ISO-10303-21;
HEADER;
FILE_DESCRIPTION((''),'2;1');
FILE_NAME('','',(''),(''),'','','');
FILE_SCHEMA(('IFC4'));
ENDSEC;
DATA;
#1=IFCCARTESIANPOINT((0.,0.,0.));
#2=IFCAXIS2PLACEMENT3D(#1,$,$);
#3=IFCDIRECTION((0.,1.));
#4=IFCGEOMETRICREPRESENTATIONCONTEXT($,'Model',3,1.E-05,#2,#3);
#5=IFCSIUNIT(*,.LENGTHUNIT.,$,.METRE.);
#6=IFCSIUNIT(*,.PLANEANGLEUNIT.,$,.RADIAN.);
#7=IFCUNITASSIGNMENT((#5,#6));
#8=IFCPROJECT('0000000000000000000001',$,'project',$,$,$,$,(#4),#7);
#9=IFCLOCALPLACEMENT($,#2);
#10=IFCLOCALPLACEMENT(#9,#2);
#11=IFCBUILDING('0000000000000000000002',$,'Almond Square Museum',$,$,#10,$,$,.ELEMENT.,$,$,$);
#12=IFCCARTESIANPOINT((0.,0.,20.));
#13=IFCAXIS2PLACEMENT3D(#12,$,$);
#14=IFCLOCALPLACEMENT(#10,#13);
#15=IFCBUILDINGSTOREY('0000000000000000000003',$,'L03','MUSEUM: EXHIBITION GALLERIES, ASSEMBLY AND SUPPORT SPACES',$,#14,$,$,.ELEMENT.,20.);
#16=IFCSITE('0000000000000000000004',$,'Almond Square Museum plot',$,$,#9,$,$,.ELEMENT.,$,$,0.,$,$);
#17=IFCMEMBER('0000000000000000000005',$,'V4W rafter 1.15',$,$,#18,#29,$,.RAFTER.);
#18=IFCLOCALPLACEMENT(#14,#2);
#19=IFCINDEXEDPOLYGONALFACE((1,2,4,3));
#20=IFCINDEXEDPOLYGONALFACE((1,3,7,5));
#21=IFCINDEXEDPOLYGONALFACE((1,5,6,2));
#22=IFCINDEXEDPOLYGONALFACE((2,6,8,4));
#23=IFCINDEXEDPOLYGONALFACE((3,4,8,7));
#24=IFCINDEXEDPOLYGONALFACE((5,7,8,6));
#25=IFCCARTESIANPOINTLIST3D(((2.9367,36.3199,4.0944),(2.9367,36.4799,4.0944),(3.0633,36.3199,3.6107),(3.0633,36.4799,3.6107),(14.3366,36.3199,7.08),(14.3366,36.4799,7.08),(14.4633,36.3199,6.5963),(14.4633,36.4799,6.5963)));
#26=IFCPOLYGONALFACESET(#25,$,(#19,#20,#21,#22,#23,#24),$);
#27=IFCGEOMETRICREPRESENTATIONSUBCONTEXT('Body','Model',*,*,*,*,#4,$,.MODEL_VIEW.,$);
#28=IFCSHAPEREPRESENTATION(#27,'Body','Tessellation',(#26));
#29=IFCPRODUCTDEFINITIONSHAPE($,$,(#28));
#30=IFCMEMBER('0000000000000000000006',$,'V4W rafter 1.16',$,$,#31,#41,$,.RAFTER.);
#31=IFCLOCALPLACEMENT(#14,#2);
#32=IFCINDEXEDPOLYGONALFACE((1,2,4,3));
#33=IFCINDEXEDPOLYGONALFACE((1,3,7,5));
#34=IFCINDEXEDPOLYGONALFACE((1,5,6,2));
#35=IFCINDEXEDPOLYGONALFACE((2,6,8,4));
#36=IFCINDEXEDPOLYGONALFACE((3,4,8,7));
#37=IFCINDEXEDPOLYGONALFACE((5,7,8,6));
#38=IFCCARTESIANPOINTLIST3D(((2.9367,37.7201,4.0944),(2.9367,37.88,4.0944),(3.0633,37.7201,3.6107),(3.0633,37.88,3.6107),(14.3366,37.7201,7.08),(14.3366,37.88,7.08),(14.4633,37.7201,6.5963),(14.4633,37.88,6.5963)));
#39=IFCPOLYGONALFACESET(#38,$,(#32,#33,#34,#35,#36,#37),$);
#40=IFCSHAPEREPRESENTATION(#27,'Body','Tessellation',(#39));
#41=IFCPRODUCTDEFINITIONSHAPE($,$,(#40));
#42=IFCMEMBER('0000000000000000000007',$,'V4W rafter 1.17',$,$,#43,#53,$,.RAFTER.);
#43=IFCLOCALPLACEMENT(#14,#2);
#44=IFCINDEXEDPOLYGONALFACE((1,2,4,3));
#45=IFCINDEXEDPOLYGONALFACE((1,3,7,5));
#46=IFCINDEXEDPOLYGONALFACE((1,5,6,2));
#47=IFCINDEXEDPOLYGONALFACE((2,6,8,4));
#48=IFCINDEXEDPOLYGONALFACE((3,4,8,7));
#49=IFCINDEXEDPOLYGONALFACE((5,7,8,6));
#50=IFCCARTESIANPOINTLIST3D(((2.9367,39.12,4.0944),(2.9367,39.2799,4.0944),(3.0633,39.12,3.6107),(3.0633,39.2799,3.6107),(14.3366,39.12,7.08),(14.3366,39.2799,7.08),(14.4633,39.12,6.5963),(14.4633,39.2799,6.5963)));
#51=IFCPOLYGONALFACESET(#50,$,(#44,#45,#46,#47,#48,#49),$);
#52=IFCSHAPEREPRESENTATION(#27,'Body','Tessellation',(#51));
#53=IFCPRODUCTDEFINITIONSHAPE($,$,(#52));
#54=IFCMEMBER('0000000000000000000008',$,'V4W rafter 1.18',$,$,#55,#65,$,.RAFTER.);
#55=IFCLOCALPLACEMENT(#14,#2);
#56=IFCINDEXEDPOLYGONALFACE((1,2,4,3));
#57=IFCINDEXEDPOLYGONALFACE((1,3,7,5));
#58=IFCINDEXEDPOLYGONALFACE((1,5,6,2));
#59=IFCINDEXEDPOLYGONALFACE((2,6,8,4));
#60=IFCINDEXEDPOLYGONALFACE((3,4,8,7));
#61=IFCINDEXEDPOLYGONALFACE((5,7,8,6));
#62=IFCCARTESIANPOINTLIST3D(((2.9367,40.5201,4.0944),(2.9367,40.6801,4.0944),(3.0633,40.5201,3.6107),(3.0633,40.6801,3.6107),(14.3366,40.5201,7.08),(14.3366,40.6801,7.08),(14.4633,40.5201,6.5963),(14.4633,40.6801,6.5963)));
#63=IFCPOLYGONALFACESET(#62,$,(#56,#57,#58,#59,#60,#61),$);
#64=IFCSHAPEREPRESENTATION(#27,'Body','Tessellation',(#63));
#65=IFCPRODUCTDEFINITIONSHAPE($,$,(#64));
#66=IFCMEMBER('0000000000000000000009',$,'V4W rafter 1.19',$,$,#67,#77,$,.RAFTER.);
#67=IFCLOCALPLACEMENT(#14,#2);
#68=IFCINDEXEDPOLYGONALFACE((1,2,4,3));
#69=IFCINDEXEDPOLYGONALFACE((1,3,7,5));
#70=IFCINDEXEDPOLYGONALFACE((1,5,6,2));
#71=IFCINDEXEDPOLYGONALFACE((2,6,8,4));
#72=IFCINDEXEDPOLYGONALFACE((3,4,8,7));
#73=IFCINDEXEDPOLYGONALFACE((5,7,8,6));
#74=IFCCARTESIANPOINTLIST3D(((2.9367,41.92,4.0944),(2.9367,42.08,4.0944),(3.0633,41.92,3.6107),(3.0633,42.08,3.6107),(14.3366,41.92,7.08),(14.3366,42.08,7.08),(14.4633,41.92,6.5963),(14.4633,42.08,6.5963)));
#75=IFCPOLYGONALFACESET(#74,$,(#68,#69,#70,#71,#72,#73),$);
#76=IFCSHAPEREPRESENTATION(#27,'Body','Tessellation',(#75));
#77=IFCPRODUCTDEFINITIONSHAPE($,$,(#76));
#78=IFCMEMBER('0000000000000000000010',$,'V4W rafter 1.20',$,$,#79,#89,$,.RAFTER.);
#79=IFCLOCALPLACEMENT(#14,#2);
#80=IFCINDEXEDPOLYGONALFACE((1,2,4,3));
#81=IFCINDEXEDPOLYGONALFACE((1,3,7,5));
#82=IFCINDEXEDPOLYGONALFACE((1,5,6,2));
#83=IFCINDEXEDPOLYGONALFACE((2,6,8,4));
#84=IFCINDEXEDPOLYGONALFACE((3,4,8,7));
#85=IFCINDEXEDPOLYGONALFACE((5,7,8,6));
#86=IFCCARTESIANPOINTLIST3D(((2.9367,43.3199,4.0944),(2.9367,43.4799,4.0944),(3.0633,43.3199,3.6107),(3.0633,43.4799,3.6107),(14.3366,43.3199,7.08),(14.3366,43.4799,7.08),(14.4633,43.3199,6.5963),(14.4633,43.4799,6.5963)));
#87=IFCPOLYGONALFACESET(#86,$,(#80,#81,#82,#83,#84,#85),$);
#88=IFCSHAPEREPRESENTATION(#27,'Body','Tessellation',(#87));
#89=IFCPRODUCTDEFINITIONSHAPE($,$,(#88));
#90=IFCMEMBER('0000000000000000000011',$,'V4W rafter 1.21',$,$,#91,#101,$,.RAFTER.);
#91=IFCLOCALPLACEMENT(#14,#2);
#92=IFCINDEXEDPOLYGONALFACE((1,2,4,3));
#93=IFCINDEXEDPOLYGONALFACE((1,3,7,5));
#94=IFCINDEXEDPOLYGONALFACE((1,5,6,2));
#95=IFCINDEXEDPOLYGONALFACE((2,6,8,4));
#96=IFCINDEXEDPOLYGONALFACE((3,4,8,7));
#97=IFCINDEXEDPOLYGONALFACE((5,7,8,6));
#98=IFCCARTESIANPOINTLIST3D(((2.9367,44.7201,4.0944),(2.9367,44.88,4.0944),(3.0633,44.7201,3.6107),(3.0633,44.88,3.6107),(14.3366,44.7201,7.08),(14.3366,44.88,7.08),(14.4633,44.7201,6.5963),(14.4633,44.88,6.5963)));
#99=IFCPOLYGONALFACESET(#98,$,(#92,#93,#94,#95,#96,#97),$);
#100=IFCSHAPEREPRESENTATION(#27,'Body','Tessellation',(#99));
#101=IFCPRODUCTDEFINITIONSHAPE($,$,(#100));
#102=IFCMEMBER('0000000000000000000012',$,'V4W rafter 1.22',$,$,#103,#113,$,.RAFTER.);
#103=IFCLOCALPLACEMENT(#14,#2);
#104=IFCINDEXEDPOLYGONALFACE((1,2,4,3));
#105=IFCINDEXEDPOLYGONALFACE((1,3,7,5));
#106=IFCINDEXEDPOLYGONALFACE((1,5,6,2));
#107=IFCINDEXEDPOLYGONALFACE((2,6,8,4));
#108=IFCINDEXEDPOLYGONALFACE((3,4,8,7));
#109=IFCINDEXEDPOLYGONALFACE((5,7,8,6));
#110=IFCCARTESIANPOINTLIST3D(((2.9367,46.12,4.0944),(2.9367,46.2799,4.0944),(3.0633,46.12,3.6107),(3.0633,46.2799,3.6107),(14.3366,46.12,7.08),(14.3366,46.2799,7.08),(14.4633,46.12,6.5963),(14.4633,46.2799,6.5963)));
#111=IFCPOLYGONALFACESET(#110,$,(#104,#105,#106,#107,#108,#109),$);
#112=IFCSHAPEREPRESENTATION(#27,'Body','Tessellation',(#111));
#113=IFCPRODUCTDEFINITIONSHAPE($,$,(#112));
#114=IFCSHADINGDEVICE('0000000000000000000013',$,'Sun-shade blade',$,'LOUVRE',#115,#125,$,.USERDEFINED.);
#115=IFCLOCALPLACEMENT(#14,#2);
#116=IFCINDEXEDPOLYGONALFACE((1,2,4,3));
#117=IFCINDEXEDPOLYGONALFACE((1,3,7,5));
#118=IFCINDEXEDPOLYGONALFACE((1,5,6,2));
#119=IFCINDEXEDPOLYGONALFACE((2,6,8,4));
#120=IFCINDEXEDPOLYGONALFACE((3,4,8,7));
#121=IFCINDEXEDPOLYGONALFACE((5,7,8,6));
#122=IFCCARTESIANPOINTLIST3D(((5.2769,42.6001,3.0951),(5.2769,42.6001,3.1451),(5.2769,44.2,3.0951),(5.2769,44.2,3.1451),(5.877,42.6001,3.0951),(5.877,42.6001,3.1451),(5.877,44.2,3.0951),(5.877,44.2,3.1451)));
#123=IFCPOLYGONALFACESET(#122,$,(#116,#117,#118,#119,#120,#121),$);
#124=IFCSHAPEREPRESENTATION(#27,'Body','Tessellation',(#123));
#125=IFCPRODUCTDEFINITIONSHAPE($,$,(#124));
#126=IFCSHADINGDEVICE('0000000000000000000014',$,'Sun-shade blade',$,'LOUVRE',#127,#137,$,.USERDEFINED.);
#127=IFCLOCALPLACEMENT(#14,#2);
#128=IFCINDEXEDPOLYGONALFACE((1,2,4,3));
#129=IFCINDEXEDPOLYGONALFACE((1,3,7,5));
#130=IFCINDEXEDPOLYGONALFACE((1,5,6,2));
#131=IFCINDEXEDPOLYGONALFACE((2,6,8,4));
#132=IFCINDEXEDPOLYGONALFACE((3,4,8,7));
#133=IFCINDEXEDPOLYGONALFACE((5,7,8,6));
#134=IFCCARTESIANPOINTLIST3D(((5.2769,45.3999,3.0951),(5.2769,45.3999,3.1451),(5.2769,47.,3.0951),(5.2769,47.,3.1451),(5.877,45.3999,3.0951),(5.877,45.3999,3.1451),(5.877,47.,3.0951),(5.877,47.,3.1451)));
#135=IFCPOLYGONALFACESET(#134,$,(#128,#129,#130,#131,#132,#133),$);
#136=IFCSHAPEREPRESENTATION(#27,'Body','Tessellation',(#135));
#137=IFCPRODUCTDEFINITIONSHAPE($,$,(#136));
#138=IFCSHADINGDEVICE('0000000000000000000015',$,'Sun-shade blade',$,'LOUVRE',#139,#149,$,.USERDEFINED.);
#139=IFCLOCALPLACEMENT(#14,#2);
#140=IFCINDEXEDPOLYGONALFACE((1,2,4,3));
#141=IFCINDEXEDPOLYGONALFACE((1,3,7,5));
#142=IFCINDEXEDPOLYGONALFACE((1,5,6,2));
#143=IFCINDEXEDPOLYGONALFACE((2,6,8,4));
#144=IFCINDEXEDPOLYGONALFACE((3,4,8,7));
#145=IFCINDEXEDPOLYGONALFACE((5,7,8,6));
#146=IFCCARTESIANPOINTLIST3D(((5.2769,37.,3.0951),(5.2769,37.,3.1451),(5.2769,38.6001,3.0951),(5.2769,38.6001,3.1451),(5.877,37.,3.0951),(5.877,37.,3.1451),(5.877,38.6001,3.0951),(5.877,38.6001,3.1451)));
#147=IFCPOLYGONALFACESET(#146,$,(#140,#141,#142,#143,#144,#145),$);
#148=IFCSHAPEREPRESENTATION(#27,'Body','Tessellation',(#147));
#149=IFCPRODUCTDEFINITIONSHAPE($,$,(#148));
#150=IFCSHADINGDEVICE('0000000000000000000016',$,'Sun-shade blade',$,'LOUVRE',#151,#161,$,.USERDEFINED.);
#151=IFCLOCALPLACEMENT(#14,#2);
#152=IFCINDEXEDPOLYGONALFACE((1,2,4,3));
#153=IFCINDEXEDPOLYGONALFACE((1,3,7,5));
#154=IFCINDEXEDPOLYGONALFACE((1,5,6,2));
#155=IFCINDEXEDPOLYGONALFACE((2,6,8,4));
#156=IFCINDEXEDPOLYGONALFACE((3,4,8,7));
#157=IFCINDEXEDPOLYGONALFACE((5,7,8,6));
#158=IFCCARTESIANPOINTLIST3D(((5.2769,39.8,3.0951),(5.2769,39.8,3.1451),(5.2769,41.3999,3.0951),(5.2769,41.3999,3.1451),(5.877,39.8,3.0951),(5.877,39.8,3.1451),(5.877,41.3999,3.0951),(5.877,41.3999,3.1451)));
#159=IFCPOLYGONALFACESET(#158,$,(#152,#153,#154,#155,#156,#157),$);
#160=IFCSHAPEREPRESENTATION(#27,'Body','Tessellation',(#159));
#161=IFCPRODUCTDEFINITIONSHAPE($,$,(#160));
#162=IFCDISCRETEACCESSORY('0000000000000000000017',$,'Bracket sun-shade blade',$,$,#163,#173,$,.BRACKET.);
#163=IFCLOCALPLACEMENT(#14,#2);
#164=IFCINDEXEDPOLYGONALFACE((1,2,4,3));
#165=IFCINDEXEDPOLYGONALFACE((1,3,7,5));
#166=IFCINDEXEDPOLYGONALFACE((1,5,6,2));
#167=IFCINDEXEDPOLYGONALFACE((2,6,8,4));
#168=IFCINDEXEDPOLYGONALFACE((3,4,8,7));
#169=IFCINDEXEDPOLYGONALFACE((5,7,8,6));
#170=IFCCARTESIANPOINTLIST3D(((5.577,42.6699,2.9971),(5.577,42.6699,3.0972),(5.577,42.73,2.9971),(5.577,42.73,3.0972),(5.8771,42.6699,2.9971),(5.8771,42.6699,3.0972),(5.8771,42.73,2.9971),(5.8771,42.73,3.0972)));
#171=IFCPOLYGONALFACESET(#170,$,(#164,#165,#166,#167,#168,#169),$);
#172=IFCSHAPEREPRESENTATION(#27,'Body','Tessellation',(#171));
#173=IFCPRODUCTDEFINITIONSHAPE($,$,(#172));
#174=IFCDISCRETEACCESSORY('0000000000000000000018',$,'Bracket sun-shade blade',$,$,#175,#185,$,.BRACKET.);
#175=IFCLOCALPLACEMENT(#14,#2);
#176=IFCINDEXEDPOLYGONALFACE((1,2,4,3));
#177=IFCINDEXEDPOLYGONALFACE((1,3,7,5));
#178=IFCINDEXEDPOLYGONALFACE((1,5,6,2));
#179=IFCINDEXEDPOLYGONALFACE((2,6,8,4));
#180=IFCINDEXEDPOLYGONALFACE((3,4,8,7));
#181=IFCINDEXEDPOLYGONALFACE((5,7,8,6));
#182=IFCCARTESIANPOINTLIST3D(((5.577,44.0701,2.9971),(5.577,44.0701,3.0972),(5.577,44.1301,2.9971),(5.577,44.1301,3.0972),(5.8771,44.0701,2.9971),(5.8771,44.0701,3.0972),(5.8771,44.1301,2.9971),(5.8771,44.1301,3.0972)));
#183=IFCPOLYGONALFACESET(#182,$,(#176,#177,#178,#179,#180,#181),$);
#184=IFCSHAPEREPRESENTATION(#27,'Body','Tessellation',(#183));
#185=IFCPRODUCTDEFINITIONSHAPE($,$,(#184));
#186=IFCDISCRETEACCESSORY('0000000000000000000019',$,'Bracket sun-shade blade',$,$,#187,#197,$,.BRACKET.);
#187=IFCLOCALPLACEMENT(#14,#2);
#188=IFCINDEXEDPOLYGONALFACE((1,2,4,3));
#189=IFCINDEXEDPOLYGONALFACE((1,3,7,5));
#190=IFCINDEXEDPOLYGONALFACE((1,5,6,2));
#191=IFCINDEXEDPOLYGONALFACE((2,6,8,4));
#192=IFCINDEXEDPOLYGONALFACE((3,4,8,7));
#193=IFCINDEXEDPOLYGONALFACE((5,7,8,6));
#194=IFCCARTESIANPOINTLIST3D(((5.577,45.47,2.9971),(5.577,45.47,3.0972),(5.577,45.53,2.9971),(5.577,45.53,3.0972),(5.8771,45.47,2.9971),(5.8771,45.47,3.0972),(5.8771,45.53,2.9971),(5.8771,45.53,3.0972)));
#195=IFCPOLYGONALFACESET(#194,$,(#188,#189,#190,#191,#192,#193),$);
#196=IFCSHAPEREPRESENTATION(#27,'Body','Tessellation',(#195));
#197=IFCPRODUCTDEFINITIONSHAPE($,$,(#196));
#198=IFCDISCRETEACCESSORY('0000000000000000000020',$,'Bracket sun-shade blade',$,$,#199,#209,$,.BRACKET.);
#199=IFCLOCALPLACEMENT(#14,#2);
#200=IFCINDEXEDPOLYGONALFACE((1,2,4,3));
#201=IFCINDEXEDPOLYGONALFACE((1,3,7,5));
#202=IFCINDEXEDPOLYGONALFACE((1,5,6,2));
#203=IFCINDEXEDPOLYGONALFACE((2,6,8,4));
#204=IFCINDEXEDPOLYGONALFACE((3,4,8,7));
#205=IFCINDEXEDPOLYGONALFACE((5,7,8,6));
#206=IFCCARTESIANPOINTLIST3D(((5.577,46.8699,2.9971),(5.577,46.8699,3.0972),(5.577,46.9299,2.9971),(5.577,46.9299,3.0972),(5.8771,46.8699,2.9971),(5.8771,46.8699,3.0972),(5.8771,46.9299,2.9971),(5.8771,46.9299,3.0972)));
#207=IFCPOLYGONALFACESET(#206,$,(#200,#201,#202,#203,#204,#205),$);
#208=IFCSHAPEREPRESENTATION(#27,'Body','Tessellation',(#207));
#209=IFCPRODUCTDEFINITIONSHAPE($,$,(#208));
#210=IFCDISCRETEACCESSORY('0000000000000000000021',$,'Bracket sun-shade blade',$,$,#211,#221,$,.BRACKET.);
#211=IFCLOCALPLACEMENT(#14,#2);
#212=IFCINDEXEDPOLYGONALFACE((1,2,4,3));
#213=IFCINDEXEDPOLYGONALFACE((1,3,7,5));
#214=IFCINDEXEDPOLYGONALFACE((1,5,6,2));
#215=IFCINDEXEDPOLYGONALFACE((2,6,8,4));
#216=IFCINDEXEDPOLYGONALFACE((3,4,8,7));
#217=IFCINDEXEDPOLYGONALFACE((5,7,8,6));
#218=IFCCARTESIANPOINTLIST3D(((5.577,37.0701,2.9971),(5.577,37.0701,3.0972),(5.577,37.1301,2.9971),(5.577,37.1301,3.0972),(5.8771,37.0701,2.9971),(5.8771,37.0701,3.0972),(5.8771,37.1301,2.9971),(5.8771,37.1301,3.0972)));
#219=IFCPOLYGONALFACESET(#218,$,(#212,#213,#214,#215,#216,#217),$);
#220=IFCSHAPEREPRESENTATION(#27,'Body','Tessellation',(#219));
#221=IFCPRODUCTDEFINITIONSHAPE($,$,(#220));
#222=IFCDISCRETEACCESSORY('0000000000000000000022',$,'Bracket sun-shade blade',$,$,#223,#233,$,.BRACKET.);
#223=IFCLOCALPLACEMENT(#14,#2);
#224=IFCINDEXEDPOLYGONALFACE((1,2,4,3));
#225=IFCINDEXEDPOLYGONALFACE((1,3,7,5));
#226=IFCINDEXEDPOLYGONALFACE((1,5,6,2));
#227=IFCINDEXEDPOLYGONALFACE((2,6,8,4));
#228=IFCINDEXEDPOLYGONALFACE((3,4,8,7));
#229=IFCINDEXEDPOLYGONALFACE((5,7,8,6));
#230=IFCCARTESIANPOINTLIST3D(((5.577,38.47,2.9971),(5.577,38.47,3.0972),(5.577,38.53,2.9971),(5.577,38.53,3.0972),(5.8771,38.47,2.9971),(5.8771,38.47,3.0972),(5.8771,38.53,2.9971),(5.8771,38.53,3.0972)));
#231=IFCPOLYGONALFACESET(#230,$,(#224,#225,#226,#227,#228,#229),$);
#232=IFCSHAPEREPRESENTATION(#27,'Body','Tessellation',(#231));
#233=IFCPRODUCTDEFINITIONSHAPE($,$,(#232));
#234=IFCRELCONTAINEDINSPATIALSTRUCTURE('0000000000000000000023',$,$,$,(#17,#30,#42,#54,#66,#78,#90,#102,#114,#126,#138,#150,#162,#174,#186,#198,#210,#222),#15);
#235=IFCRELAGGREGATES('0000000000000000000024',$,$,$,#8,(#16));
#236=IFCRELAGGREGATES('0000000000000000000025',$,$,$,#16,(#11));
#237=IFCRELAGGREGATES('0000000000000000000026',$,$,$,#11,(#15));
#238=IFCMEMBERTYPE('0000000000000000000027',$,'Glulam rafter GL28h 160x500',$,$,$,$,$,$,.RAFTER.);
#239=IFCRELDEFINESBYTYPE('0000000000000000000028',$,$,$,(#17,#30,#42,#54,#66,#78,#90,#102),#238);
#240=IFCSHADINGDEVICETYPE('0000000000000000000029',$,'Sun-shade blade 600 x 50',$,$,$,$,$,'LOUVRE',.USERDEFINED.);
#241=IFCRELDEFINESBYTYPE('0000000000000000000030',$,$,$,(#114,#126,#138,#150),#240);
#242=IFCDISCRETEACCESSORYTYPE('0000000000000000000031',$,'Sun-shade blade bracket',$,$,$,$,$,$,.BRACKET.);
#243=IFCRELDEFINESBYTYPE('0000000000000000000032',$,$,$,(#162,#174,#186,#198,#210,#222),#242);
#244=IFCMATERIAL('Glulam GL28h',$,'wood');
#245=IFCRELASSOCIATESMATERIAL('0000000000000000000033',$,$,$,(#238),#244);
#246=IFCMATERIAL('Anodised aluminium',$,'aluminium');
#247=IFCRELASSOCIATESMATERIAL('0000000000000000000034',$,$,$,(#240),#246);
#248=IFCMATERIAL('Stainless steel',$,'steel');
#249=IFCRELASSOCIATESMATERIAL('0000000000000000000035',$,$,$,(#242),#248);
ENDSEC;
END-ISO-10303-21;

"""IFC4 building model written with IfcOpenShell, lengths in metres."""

from ifc_helpers import new_model, si_unit, direction, frame, origin, origin_2d, place, context, subcontext, project, spatial, rectangle, extrude, material, material_profile, profile_set, type_object, element, save


model = new_model("IFC4")

# Units and contexts
model_context = context("Model", 3, precision=1e-05, world=origin(), true_north=direction((0.0, 1.0)))
body_context = subcontext(model_context, "Body", "Model", "MODEL_VIEW")
ifc_project = project(units=[si_unit("LENGTHUNIT", "METRE"), si_unit("PLANEANGLEUNIT", "RADIAN")], contexts=[model_context])

# Site, building, storey
site_placement = place(None, origin())
site = spatial("IfcSite", under=ifc_project, at=site_placement, Name="Almond Square Museum plot", CompositionType="ELEMENT", RefElevation=0.0)
building_placement = place(site_placement, origin())
building = spatial("IfcBuilding", under=site, at=building_placement, Name="Almond Square Museum", CompositionType="ELEMENT")
storey_placement = place(building_placement, frame((0.0, 0.0, 20.0)))
storey = spatial("IfcBuildingStorey", under=building, at=storey_placement, Name="L03", Description="MUSEUM: EXHIBITION GALLERIES, ASSEMBLY AND SUPPORT SPACES", CompositionType="ELEMENT", Elevation=20.0)

# Members
ifc_material_1 = material(Name="Glulam GL28h", Category="wood")
ifc_material_profile_1 = material_profile(ifc_material_1, rectangle(XDim=0.1599, YDim=0.5, at=origin_2d()))
ifc_profile_set_1 = profile_set([ifc_material_profile_1], Name="Glulam GL28h")
member_type = type_object("IfcMemberType", Name="Glulam rafter GL28h 160x500", PredefinedType="RAFTER", material=ifc_profile_set_1)
for number, where, z_axis, x_axis, name in (
    (1, (3.0, 36.3999, 3.8525), (0.967374, 0.0, 0.253352), (0.0, 1.0, 0.0), "V4W rafter 1.15"),
    (2, (3.0, 37.8, 3.8525), (0.967374, 0.0, 0.253352), (0.0, 1.0, 0.0), "V4W rafter 1.16"),
    (3, (3.0, 39.2, 3.8525), (0.967374, 0.0, 0.253352), (0.0, 1.0, 0.0), "V4W rafter 1.17"),
    (4, (3.0, 40.6001, 3.8525), (0.967374, 0.0, 0.253352), (0.0, 1.0, 0.0), "V4W rafter 1.18"),
    (5, (3.0, 42.0, 3.8525), (0.967374, 0.0, 0.253352), (0.0, 1.0, 0.0), "V4W rafter 1.19"),
    (6, (3.0, 43.3999, 3.8525), (0.967374, 0.0, 0.253352), (0.0, 1.0, 0.0), "V4W rafter 1.20"),
    (7, (3.0, 44.8, 3.8525), (0.967374, 0.0, 0.253352), (0.0, 1.0, 0.0), "V4W rafter 1.21"),
    (8, (3.0, 46.2, 3.8525), (0.967374, 0.0, 0.253352), (0.0, 1.0, 0.0), "V4W rafter 1.22"),
):
    element("IfcMember", number, at=place(storey_placement, frame(where, z_axis=z_axis, x_axis=x_axis)), inside=storey, type_object=member_type, Name=name, PredefinedType="RAFTER", context=body_context, shape_type="SweptSolid", body=[
        extrude(rectangle(XDim=0.1599, YDim=0.5, at=origin_2d()), origin(), (0.0, 0.0, 1.0), 11.7844),
    ])

# Shading devices
ifc_material_2 = material(Name="Anodised aluminium", Category="aluminium")
ifc_material_profile_2 = material_profile(ifc_material_2, rectangle(XDim=0.6001, YDim=0.05, at=origin_2d()))
ifc_profile_set_2 = profile_set([ifc_material_profile_2], Name="Anodised aluminium")
shading_device_type = type_object("IfcShadingDeviceType", Name="Sun-shade blade 600 x 50", ElementType="LOUVRE", PredefinedType="USERDEFINED", material=ifc_profile_set_2)
shading_device_1_placement = place(storey_placement, frame((5.5769, 42.6001, 3.1201), z_axis=(0.0, 1.0, 0.0), x_axis=(-1.0, 0.0, 0.0)))
element("IfcShadingDevice", 9, at=shading_device_1_placement, inside=storey, type_object=shading_device_type, Name="Sun-shade blade", ObjectType="LOUVRE", PredefinedType="USERDEFINED", context=body_context, shape_type="SweptSolid", body=[
    extrude(rectangle(XDim=0.6001, YDim=0.05, at=origin_2d()), origin(), (0.0, 0.0, 1.0), 1.5999),
])
for number, where, z_axis, x_axis, name in (
    (10, (5.5769, 45.3999, 3.1201), (0.0, 1.0, 0.0), (-1.0, 0.0, 0.0), "Sun-shade blade"),
    (11, (5.5769, 37.0, 3.1201), (0.0, 1.0, 0.0), (-1.0, 0.0, 0.0), "Sun-shade blade"),
):
    element("IfcShadingDevice", number, at=place(storey_placement, frame(where, z_axis=z_axis, x_axis=x_axis)), inside=storey, type_object=shading_device_type, Name=name, ObjectType="LOUVRE", PredefinedType="USERDEFINED", context=body_context, shape_type="SweptSolid", body=[
        extrude(rectangle(XDim=0.6001, YDim=0.05, at=origin_2d()), origin(), (0.0, 0.0, 1.0), 1.6001),
    ])
shading_device_2_placement = place(storey_placement, frame((5.5769, 39.8, 3.1201), z_axis=(0.0, 1.0, 0.0), x_axis=(-1.0, 0.0, 0.0)))
element("IfcShadingDevice", 12, at=shading_device_2_placement, inside=storey, type_object=shading_device_type, Name="Sun-shade blade", ObjectType="LOUVRE", PredefinedType="USERDEFINED", context=body_context, shape_type="SweptSolid", body=[
    extrude(rectangle(XDim=0.6001, YDim=0.05, at=origin_2d()), origin(), (0.0, 0.0, 1.0), 1.5999),
])

# Discrete accessories
ifc_material_3 = material(Name="Stainless steel", Category="steel")
discrete_accessory_type = type_object("IfcDiscreteAccessoryType", Name="Sun-shade blade bracket", PredefinedType="BRACKET", material=ifc_material_3)
for number, where, z_axis, x_axis, name in (
    (13, (5.7271, 42.7, 2.9971), (0.0, 0.0, 1.0), (1.0, 0.0, 0.0), "Bracket sun-shade blade"),
    (14, (5.7271, 44.1001, 2.9971), (0.0, 0.0, 1.0), (1.0, 0.0, 0.0), "Bracket sun-shade blade"),
    (15, (5.7271, 45.5, 2.9971), (0.0, 0.0, 1.0), (1.0, 0.0, 0.0), "Bracket sun-shade blade"),
    (16, (5.7271, 46.8999, 2.9971), (0.0, 0.0, 1.0), (1.0, 0.0, 0.0), "Bracket sun-shade blade"),
    (17, (5.7271, 37.1001, 2.9971), (0.0, 0.0, 1.0), (1.0, 0.0, 0.0), "Bracket sun-shade blade"),
    (18, (5.7271, 38.5, 2.9971), (0.0, 0.0, 1.0), (1.0, 0.0, 0.0), "Bracket sun-shade blade"),
):
    element("IfcDiscreteAccessory", number, at=place(storey_placement, frame(where, z_axis=z_axis, x_axis=x_axis)), inside=storey, type_object=discrete_accessory_type, Name=name, PredefinedType="BRACKET", context=body_context, shape_type="SweptSolid", body=[
        extrude(rectangle(XDim=0.3, YDim=0.0601, at=origin_2d()), origin(), (0.0, 0.0, 1.0), 0.1001),
    ])

save(model, "model.ifc")
